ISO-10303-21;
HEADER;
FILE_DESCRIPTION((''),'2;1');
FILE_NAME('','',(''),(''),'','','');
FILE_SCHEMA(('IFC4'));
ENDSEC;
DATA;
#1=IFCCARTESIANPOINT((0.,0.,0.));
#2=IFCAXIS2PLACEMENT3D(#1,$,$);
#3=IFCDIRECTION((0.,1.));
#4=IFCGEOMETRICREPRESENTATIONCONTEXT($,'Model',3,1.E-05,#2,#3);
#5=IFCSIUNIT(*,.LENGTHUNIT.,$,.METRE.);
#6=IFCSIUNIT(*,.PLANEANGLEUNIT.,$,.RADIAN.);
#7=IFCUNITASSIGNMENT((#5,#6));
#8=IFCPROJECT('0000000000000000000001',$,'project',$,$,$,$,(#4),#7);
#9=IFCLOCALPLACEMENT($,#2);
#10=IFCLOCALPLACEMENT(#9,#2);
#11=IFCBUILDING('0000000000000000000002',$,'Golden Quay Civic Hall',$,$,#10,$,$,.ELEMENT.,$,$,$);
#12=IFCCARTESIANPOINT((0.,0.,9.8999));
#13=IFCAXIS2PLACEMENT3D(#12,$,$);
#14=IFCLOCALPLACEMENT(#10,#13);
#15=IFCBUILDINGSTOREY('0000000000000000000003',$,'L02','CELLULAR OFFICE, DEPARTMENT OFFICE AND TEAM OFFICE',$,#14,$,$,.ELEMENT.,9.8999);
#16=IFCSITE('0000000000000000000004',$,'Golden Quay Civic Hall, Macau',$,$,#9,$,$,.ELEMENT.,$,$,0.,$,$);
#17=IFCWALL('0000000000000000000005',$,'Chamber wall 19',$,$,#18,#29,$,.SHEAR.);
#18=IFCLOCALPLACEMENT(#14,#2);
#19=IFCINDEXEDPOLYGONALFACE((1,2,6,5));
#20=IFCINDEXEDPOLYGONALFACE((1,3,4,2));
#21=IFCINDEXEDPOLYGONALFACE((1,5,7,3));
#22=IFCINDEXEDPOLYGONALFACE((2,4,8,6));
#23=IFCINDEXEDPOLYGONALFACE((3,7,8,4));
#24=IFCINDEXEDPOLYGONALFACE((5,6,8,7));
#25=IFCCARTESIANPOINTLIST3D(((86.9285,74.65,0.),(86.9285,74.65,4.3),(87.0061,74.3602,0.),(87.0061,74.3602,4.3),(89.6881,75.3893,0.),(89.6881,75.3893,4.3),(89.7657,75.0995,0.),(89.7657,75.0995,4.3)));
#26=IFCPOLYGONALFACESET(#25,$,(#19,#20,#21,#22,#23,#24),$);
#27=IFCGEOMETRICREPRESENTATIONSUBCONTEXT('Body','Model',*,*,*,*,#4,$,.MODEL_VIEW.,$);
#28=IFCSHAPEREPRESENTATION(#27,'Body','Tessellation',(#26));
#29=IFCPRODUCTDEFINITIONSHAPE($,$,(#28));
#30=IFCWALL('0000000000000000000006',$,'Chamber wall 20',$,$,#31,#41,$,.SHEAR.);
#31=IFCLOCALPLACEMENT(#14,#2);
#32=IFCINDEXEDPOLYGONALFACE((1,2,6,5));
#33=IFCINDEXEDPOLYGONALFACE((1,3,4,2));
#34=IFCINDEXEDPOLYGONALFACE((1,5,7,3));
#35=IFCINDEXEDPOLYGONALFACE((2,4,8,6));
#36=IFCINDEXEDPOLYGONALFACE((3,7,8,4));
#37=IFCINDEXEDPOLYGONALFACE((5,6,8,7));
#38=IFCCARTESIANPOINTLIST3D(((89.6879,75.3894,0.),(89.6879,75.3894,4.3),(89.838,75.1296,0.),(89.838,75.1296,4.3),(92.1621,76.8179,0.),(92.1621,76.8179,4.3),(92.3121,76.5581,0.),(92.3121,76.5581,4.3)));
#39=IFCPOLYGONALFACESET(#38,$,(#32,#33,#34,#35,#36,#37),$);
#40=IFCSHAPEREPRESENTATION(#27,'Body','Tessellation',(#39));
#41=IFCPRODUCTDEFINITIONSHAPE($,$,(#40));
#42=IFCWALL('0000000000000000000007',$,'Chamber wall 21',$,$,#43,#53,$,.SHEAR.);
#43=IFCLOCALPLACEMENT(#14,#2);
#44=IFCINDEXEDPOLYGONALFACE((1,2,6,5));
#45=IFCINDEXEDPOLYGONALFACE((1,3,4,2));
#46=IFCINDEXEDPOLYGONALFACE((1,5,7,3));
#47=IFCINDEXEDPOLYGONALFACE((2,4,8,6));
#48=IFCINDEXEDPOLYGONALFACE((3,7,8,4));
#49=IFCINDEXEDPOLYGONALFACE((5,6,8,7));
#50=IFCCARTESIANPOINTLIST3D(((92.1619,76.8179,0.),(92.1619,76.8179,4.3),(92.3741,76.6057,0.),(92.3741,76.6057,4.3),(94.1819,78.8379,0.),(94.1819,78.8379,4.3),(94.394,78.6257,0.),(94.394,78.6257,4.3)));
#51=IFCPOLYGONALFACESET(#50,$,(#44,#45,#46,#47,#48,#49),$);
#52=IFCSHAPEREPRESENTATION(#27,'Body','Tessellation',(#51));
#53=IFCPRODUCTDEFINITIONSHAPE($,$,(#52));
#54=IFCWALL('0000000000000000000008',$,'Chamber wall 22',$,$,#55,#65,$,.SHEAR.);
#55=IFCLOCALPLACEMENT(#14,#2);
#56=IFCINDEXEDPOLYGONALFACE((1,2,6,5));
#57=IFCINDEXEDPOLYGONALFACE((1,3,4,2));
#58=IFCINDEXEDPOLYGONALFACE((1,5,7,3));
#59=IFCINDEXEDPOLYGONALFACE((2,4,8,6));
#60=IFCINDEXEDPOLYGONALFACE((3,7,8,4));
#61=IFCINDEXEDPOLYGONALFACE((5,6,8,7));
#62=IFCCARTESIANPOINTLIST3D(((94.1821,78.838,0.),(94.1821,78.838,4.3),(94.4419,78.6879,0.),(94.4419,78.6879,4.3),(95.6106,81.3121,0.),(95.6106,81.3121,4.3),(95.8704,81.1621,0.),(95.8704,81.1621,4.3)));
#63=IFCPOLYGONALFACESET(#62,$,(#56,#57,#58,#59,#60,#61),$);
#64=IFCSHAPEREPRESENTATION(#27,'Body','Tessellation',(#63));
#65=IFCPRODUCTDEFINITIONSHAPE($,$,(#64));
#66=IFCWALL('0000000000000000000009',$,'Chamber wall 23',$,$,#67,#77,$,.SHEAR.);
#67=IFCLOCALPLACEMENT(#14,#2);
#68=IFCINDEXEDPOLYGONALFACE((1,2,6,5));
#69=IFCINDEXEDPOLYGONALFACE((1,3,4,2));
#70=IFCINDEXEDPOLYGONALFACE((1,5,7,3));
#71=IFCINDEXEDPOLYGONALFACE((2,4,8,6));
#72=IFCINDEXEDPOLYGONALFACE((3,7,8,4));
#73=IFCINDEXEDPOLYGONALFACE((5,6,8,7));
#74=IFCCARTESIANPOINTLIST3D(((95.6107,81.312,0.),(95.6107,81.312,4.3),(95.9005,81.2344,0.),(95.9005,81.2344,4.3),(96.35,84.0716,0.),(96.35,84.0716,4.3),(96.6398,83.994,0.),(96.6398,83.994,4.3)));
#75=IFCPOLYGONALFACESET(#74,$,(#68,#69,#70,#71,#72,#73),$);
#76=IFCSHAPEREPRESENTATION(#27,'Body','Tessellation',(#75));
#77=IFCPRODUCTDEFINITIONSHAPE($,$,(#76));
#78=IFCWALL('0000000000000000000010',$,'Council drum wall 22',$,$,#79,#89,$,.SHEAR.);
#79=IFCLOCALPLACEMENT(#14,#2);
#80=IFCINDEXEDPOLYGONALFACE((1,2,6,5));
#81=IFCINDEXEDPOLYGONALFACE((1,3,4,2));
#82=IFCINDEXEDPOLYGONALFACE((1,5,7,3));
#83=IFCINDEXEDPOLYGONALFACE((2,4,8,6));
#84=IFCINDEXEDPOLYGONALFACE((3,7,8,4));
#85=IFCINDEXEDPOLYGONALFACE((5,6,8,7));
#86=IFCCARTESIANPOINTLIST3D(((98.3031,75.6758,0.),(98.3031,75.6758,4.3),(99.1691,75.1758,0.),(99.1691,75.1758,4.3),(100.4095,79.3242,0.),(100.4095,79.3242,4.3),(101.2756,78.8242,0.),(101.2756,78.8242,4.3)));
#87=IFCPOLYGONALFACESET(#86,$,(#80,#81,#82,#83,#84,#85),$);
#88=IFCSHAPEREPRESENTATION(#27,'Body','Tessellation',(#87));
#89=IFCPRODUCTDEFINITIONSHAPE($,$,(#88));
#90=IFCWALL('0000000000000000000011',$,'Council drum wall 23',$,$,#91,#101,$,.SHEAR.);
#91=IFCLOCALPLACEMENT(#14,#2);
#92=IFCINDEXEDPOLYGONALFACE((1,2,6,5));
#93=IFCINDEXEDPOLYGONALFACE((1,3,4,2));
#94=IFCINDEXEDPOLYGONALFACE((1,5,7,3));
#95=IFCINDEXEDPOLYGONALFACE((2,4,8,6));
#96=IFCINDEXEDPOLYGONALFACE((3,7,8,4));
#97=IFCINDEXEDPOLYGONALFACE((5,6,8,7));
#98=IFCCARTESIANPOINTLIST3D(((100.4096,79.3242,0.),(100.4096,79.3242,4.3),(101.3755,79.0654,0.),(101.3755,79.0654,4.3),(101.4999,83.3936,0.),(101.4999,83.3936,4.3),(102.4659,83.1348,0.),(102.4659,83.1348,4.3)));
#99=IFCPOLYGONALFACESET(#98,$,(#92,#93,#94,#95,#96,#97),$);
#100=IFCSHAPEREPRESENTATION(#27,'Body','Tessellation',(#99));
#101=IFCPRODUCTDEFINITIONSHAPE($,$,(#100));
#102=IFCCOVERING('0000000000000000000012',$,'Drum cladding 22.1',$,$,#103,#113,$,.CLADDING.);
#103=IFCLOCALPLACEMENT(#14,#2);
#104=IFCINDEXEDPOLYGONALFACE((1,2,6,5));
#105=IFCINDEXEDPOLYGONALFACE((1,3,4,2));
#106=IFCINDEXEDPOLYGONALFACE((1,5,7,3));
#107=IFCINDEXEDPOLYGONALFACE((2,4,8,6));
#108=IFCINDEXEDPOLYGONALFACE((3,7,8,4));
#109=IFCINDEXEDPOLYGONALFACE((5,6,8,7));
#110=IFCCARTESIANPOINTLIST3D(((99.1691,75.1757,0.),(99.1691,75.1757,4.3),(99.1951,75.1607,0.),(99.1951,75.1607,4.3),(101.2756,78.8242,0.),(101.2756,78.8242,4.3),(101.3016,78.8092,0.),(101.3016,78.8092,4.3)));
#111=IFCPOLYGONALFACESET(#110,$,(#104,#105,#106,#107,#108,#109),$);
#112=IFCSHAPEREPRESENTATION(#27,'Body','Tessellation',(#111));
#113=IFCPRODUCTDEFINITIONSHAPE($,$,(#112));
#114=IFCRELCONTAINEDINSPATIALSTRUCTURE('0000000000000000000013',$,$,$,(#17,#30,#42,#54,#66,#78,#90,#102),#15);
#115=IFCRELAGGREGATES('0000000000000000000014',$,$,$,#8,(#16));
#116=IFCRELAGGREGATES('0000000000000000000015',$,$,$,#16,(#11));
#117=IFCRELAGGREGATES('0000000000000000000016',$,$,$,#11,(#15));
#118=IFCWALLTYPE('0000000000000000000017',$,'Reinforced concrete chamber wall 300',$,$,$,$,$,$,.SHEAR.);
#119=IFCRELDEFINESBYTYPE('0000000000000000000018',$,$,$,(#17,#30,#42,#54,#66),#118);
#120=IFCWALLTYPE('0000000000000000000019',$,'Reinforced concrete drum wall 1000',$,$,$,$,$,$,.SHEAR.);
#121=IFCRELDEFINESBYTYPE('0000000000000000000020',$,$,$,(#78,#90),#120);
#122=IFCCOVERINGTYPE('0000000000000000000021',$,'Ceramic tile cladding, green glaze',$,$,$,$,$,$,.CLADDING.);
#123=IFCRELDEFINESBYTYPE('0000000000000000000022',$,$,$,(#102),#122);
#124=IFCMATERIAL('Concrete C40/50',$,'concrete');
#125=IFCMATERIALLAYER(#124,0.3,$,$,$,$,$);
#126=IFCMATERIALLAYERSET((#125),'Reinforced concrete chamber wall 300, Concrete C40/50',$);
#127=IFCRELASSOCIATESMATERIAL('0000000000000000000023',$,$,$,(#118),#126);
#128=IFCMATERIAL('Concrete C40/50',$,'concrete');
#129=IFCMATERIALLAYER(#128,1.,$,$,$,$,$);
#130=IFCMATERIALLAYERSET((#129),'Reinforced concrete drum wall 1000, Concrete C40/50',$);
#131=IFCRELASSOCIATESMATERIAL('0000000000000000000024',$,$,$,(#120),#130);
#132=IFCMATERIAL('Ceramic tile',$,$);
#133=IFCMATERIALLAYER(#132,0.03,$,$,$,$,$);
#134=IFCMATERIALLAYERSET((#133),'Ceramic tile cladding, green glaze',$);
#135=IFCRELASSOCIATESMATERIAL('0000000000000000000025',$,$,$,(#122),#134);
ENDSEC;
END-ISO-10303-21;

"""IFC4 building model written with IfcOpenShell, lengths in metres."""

from ifc_helpers import new_model, si_unit, direction, frame, frame_2d, origin, origin_2d, place, context, subcontext, project, spatial, rectangle, extrude, material, layer, layer_set, type_object, element, save


model = new_model("IFC4")

# Units and contexts
model_context = context("Model", 3, precision=1e-05, world=origin(), true_north=direction((0.0, 1.0)))
body_context = subcontext(model_context, "Body", "Model", "MODEL_VIEW")
ifc_project = project(units=[si_unit("LENGTHUNIT", "METRE"), si_unit("PLANEANGLEUNIT", "RADIAN")], contexts=[model_context])

# Site, building, storey
site_placement = place(None, origin())
site = spatial("IfcSite", under=ifc_project, at=site_placement, Name="Golden Quay Civic Hall, Macau", CompositionType="ELEMENT", RefElevation=0.0)
building_placement = place(site_placement, origin())
building = spatial("IfcBuilding", under=site, at=building_placement, Name="Golden Quay Civic Hall", CompositionType="ELEMENT")
storey_placement = place(building_placement, frame((0.0, 0.0, 9.8999)))
storey = spatial("IfcBuildingStorey", under=building, at=storey_placement, Name="L02", Description="CELLULAR OFFICE, DEPARTMENT OFFICE AND TEAM OFFICE", CompositionType="ELEMENT", Elevation=9.8999)

# Walls
ifc_material_1 = material(Name="Concrete C40/50", Category="concrete")
ifc_layer_1 = layer(ifc_material_1, 0.3)
ifc_layer_set_1 = layer_set([ifc_layer_1], Name="Reinforced concrete chamber wall 300, Concrete C40/50")
wall_type_1 = type_object("IfcWallType", Name="Reinforced concrete chamber wall 300", PredefinedType="SHEAR", material=ifc_layer_set_1)
for number, where, z_axis, x_axis, name in (
    (1, (86.9673, 74.5051, 0.0), (0.0, 0.0, 1.0), (0.965939, 0.258769, 0.0), "Chamber wall 19"),
    (2, (89.7629, 75.2595, 0.0), (0.0, 0.0, 1.0), (0.866021, 0.500008, 0.0), "Chamber wall 20"),
):
    element("IfcWall", number, at=place(storey_placement, frame(where, z_axis=z_axis, x_axis=x_axis)), inside=storey, type_object=wall_type_1, Name=name, PredefinedType="SHEAR", context=body_context, shape_type="SweptSolid", body=[
        extrude(rectangle(XDim=2.8569, YDim=0.3, at=frame_2d((1.4285, 0.0))), origin(), (0.0, 0.0, 1.0), 4.3),
    ])
wall_1_placement = place(storey_placement, frame((92.2681, 76.7119, 0.0), z_axis=(0.0, 0.0, 1.0), x_axis=(0.707107, 0.707107, 0.0)))
element("IfcWall", 3, at=wall_1_placement, inside=storey, type_object=wall_type_1, Name="Chamber wall 21", PredefinedType="SHEAR", context=body_context, shape_type="SweptSolid", body=[
    extrude(rectangle(XDim=2.8567, YDim=0.3, at=frame_2d((1.4282, 0.0))), origin(), (0.0, 0.0, 1.0), 4.3),
])
for number, where, z_axis, x_axis, name in (
    (4, (94.312, 78.7629, 0.0), (0.0, 0.0, 1.0), (0.500008, 0.866021, 0.0), "Chamber wall 22"),
    (5, (95.7556, 81.2732, 0.0), (0.0, 0.0, 1.0), (0.258769, 0.965939, 0.0), "Chamber wall 23"),
):
    element("IfcWall", number, at=place(storey_placement, frame(where, z_axis=z_axis, x_axis=x_axis)), inside=storey, type_object=wall_type_1, Name=name, PredefinedType="SHEAR", context=body_context, shape_type="SweptSolid", body=[
        extrude(rectangle(XDim=2.8569, YDim=0.3, at=frame_2d((1.4285, 0.0))), origin(), (0.0, 0.0, 1.0), 4.3),
    ])

# Walls
ifc_material_2 = material(Name="Concrete C40/50", Category="concrete")
ifc_layer_2 = layer(ifc_material_2, 1.0)
ifc_layer_set_2 = layer_set([ifc_layer_2], Name="Reinforced concrete drum wall 1000, Concrete C40/50")
wall_type_2 = type_object("IfcWallType", Name="Reinforced concrete drum wall 1000", PredefinedType="SHEAR", material=ifc_layer_set_2)
for number, where, z_axis, x_axis, name in (
    (6, (98.7361, 75.4258, 0.0), (0.0, 0.0, 1.0), (0.500003, 0.866023, 0.0), "Council drum wall 22"),
    (7, (100.8926, 79.1948, 0.0), (0.0, 0.0, 1.0), (0.258809, 0.965928, 0.0), "Council drum wall 23"),
):
    element("IfcWall", number, at=place(storey_placement, frame(where, z_axis=z_axis, x_axis=x_axis)), inside=storey, type_object=wall_type_2, Name=name, PredefinedType="SHEAR", context=body_context, shape_type="SweptSolid", body=[
        extrude(rectangle(XDim=4.2129, YDim=1.0, at=frame_2d((2.1064, 0.0))), origin(), (0.0, 0.0, 1.0), 4.3),
    ])

# Covering
ifc_material_3 = material(Name="Ceramic tile")
ifc_layer_3 = layer(ifc_material_3, 0.03)
ifc_layer_set_3 = layer_set([ifc_layer_3], Name="Ceramic tile cladding, green glaze")
covering_type = type_object("IfcCoveringType", Name="Ceramic tile cladding, green glaze", PredefinedType="CLADDING", material=ifc_layer_set_3)
covering_placement = place(storey_placement, frame((100.2354, 76.9924, 0.0), z_axis=(0.0, 0.0, 1.0), x_axis=(0.5, 0.866025, 0.0)))
element("IfcCovering", 8, at=covering_placement, inside=storey, type_object=covering_type, Name="Drum cladding 22.1", PredefinedType="CLADDING", context=body_context, shape_type="SweptSolid", body=[
    extrude(rectangle(XDim=4.2129, YDim=0.03, at=origin_2d()), origin(), (0.0, 0.0, 1.0), 4.3),
])

save(model, "model.ifc")
